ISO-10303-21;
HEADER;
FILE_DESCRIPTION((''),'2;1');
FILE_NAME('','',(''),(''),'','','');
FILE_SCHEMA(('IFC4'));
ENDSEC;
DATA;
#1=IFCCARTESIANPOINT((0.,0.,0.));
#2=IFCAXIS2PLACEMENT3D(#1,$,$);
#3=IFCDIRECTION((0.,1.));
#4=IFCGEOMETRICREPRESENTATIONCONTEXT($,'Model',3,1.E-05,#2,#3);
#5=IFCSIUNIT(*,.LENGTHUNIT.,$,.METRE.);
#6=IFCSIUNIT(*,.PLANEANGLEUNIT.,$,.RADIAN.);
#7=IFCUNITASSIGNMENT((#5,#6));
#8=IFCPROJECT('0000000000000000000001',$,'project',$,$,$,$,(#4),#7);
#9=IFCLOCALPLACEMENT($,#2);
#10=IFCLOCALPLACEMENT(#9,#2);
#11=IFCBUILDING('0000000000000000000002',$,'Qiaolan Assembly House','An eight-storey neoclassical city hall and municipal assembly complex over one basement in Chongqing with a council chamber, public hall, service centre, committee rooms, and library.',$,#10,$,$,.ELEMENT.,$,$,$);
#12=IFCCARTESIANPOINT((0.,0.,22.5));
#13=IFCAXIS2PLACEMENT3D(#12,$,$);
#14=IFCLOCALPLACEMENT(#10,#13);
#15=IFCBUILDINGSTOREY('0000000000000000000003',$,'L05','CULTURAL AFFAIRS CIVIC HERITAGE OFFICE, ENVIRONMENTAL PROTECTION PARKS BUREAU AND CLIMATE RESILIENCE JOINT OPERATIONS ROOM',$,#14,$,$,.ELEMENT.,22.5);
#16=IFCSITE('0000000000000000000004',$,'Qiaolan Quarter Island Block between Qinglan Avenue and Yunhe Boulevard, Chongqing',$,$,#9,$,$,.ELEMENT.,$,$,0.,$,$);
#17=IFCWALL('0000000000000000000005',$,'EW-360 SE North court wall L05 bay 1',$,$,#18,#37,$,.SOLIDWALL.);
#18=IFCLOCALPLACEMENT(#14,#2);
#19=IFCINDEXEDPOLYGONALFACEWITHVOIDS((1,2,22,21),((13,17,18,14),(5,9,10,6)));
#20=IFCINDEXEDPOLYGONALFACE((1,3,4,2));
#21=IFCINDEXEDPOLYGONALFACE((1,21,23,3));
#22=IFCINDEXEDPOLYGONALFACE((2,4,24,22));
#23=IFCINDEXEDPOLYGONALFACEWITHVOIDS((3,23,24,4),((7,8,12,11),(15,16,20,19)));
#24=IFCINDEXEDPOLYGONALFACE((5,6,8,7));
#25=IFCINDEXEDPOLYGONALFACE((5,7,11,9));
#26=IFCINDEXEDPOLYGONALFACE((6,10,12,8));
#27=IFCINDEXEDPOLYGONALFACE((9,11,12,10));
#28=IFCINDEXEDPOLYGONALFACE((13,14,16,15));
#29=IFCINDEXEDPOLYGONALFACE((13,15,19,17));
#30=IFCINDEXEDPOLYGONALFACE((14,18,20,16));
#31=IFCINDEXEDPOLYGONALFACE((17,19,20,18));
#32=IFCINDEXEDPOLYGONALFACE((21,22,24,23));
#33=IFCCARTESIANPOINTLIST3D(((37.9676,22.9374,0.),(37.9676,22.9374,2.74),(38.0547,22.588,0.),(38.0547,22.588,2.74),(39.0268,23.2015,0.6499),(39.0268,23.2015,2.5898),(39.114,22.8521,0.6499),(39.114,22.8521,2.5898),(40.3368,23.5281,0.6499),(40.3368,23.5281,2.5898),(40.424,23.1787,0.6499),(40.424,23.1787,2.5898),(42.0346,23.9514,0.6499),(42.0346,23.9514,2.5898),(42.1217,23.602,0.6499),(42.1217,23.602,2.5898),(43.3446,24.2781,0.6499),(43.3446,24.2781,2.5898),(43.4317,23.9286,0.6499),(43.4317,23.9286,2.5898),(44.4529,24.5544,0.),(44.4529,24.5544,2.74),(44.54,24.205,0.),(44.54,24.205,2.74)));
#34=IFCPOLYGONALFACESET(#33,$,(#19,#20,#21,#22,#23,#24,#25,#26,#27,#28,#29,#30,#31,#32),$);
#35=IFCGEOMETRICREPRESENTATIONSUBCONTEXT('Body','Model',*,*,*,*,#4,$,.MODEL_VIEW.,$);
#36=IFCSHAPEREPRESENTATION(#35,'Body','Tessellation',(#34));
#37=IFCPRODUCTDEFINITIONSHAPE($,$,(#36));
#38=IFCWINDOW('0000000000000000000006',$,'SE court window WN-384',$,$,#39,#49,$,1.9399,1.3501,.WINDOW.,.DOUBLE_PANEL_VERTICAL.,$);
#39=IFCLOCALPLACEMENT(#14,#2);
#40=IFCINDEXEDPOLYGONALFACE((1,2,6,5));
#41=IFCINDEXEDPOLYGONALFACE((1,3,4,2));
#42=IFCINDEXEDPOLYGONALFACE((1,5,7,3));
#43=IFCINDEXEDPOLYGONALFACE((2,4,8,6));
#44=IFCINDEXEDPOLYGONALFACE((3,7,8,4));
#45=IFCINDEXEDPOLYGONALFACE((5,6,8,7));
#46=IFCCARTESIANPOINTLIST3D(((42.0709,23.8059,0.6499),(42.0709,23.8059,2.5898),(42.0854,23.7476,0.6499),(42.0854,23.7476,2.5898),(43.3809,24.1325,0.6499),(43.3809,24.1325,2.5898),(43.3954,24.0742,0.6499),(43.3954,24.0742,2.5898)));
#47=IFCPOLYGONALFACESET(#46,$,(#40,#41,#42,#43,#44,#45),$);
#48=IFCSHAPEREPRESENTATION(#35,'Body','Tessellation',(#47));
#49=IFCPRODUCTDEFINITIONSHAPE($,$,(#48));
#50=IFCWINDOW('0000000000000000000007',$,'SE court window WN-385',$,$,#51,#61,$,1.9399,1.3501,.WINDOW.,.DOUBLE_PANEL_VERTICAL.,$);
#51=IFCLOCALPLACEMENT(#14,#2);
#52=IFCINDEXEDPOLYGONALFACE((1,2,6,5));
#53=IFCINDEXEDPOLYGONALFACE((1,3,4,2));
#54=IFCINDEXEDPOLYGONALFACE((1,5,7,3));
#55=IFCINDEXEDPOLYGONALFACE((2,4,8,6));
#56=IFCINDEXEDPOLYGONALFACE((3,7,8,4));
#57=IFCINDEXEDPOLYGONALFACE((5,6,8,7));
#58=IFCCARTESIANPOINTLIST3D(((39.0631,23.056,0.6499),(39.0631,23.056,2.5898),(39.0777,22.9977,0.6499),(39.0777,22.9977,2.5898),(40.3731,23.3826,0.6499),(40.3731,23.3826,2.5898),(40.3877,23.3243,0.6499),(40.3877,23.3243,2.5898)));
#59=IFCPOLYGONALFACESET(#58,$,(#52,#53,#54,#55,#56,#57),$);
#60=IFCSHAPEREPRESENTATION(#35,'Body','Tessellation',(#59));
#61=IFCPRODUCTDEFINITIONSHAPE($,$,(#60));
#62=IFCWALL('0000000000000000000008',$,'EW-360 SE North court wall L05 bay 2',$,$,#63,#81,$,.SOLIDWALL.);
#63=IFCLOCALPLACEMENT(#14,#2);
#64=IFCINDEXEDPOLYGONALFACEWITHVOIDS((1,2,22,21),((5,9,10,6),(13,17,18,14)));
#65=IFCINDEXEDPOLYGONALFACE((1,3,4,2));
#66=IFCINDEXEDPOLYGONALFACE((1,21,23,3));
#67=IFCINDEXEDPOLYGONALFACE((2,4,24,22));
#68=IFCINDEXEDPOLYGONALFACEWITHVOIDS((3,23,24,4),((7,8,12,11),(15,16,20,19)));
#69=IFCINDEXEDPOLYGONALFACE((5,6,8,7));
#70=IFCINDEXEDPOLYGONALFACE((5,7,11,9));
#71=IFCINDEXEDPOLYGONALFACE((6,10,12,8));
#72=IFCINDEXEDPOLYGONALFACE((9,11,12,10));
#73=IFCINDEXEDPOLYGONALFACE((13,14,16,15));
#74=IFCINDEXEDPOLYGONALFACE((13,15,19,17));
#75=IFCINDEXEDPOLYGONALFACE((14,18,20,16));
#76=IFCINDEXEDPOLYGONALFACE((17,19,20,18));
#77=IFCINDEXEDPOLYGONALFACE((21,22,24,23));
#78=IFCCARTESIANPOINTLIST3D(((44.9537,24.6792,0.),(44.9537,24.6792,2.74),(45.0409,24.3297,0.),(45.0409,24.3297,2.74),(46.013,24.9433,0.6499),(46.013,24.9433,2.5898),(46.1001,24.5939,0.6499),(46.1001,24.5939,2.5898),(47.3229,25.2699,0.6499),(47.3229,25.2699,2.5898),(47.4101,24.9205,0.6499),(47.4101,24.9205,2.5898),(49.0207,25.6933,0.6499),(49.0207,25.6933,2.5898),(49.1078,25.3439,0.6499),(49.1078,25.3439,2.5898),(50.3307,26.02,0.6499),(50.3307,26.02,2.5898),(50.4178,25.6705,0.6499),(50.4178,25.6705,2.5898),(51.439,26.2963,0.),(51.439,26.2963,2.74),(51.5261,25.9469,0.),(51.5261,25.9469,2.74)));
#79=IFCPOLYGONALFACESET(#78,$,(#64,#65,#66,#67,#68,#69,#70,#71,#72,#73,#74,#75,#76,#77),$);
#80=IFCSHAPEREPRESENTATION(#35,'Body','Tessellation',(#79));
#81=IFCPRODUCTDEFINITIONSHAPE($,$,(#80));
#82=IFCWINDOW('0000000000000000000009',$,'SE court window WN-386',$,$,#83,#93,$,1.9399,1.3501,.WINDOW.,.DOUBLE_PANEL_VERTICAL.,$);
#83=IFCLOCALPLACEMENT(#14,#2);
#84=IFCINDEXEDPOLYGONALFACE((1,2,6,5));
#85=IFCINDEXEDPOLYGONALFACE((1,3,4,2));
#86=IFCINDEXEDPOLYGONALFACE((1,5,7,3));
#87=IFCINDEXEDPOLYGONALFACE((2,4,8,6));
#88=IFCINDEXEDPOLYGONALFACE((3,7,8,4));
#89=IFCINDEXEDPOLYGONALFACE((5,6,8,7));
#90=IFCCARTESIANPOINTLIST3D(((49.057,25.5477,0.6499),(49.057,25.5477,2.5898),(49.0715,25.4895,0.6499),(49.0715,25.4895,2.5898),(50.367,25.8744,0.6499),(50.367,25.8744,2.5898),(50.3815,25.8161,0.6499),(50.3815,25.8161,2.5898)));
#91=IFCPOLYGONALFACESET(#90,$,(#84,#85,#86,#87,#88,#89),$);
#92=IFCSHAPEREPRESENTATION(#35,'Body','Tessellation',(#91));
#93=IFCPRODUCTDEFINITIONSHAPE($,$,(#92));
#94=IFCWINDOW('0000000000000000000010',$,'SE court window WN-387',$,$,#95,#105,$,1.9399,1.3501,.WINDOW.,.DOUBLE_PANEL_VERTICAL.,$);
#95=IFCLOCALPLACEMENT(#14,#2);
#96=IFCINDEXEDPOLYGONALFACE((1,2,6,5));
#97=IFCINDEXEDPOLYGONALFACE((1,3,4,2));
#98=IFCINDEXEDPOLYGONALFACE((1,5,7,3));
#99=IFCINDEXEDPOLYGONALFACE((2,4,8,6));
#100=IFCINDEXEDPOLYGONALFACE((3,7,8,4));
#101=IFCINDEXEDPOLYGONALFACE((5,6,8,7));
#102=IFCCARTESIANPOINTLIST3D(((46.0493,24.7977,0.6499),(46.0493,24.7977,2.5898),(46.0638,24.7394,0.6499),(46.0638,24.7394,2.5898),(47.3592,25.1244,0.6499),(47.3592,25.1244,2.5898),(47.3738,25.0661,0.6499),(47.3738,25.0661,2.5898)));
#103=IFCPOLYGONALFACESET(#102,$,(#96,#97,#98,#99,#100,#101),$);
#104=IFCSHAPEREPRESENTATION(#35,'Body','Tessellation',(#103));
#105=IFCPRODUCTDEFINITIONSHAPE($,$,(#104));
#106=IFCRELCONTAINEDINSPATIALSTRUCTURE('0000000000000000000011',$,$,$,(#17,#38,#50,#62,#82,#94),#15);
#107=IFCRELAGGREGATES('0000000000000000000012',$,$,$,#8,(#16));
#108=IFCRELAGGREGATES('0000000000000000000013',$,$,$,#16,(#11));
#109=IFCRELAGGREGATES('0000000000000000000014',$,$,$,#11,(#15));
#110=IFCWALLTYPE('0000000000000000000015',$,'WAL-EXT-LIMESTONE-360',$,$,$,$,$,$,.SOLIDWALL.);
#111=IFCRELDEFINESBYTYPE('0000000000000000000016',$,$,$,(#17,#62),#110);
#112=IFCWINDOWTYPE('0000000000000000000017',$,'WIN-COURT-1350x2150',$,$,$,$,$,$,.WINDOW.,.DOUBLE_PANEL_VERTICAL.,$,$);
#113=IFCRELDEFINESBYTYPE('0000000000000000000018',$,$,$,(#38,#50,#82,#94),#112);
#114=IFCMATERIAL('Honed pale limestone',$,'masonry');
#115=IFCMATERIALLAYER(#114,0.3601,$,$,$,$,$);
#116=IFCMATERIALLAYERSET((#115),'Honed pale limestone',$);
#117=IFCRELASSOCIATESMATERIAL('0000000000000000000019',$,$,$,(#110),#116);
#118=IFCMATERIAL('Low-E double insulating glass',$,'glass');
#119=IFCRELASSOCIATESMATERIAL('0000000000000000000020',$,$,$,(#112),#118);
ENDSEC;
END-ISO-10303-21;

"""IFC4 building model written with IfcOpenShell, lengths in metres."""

from ifc_helpers import new_model, si_unit, direction, frame, frame_2d, origin, place, context, subcontext, project, spatial, rectangle, extrude, material, layer, layer_set, type_object, element, fill, save


model = new_model("IFC4")

# Units and contexts
model_context = context("Model", 3, precision=1e-05, world=origin(), true_north=direction((0.0, 1.0)))
body_context = subcontext(model_context, "Body", "Model", "MODEL_VIEW")
ifc_project = project(units=[si_unit("LENGTHUNIT", "METRE"), si_unit("PLANEANGLEUNIT", "RADIAN")], contexts=[model_context])

# Site, building, storey
site_placement = place(None, origin())
site = spatial("IfcSite", under=ifc_project, at=site_placement, Name="Qiaolan Quarter Island Block between Qinglan Avenue and Yunhe Boulevard, Chongqing", CompositionType="ELEMENT", RefElevation=0.0)
building_placement = place(site_placement, origin())
building = spatial("IfcBuilding", under=site, at=building_placement, Name="Qiaolan Assembly House", Description="An eight-storey neoclassical city hall and municipal assembly complex over one basement in Chongqing with a council chamber, public hall, service centre, committee rooms, and library.", CompositionType="ELEMENT")
storey_placement = place(building_placement, frame((0.0, 0.0, 22.5)))
storey = spatial("IfcBuildingStorey", under=building, at=storey_placement, Name="L05", Description="CULTURAL AFFAIRS CIVIC HERITAGE OFFICE, ENVIRONMENTAL PROTECTION PARKS BUREAU AND CLIMATE RESILIENCE JOINT OPERATIONS ROOM", CompositionType="ELEMENT", Elevation=22.5)

# Walls, openings, windows
ifc_material_1 = material(Name="Honed pale limestone", Category="masonry")
ifc_layer = layer(ifc_material_1, 0.3601)
ifc_layer_set = layer_set([ifc_layer], Name="Honed pale limestone")
wall_type = type_object("IfcWallType", Name="WAL-EXT-LIMESTONE-360", PredefinedType="SOLIDWALL", material=ifc_layer_set)
wall_1_placement = place(storey_placement, frame((44.4963, 24.3796, 0.0), z_axis=(0.0, 0.0, 1.0), x_axis=(-0.970297, -0.241917, 0.0)))
wall_1 = element("IfcWall", 1, at=wall_1_placement, inside=storey, type_object=wall_type, Name="EW-360 SE North court wall L05 bay 1", PredefinedType="SOLIDWALL", context=body_context, shape_type="SweptSolid", body=[
    extrude(rectangle(XDim=6.6838, YDim=0.3601, at=frame_2d((3.3418, 0.0))), origin(), (0.0, 0.0, 1.0), 2.74),
])
opening_1_placement = place(wall_1_placement, frame((1.1421, 0.0, 0.6499)))
opening_1 = element("IfcOpeningElement", 2, at=opening_1_placement, cuts=wall_1, PredefinedType="OPENING", context=body_context, shape_type="SweptSolid", body=[
    extrude(rectangle(XDim=1.3501, YDim=1.9399, at=frame_2d((0.675, 0.97))), frame((0.0, 0.1899, 0.0), z_axis=(0.0, -1.0, 0.0), x_axis=(1.0, 0.0, 0.0)), (0.0, 0.0, 1.0), 0.3801),
])
opening_2_placement = place(wall_1_placement, frame((4.2419, 0.0, 0.6499)))
opening_2 = element("IfcOpeningElement", 3, at=opening_2_placement, cuts=wall_1, PredefinedType="OPENING", context=body_context, shape_type="SweptSolid", body=[
    extrude(rectangle(XDim=1.3501, YDim=1.9399, at=frame_2d((0.675, 0.97))), frame((0.0, 0.1899, 0.0), z_axis=(0.0, -1.0, 0.0), x_axis=(1.0, 0.0, 0.0)), (0.0, 0.0, 1.0), 0.3801),
])
ifc_material_2 = material(Name="Low-E double insulating glass", Category="glass")
window_type = type_object("IfcWindowType", Name="WIN-COURT-1350x2150", PartitioningType="DOUBLE_PANEL_VERTICAL", PredefinedType="WINDOW", material=ifc_material_2)
window_1_placement = place(opening_1_placement, origin())
window_1 = element("IfcWindow", 4, at=window_1_placement, inside=storey, type_object=window_type, Name="SE court window WN-384", OverallHeight=1.9399, OverallWidth=1.3501, PartitioningType="DOUBLE_PANEL_VERTICAL", PredefinedType="WINDOW", context=body_context, shape_type="SweptSolid", body=[
    extrude(rectangle(XDim=1.3501, YDim=1.9399, at=frame_2d((0.675, 0.97))), frame((0.0, 0.03, 0.0), z_axis=(0.0, -1.0, 0.0), x_axis=(1.0, 0.0, 0.0)), (0.0, 0.0, 1.0), 0.0601),
])
fill(opening_1, window_1)
window_2_placement = place(opening_2_placement, origin())
window_2 = element("IfcWindow", 5, at=window_2_placement, inside=storey, type_object=window_type, Name="SE court window WN-385", OverallHeight=1.9399, OverallWidth=1.3501, PartitioningType="DOUBLE_PANEL_VERTICAL", PredefinedType="WINDOW", context=body_context, shape_type="SweptSolid", body=[
    extrude(rectangle(XDim=1.3501, YDim=1.9399, at=frame_2d((0.675, 0.97))), frame((0.0, 0.03, 0.0), z_axis=(0.0, -1.0, 0.0), x_axis=(1.0, 0.0, 0.0)), (0.0, 0.0, 1.0), 0.0601),
])
fill(opening_2, window_2)
wall_2_placement = place(storey_placement, frame((51.4824, 26.1216, 0.0), z_axis=(0.0, 0.0, 1.0), x_axis=(-0.970288, -0.241951, 0.0)))
wall_2 = element("IfcWall", 6, at=wall_2_placement, inside=storey, type_object=wall_type, Name="EW-360 SE North court wall L05 bay 2", PredefinedType="SOLIDWALL", context=body_context, shape_type="SweptSolid", body=[
    extrude(rectangle(XDim=6.6838, YDim=0.3601, at=frame_2d((3.3418, 0.0))), origin(), (0.0, 0.0, 1.0), 2.74),
])
opening_3_placement = place(wall_2_placement, frame((1.1421, 0.0, 0.6499)))
opening_3 = element("IfcOpeningElement", 7, at=opening_3_placement, cuts=wall_2, PredefinedType="OPENING", context=body_context, shape_type="SweptSolid", body=[
    extrude(rectangle(XDim=1.3501, YDim=1.9399, at=frame_2d((0.675, 0.97))), frame((0.0, 0.1899, 0.0), z_axis=(0.0, -1.0, 0.0), x_axis=(1.0, 0.0, 0.0)), (0.0, 0.0, 1.0), 0.3801),
])
opening_4_placement = place(wall_2_placement, frame((4.2419, 0.0, 0.6499)))
opening_4 = element("IfcOpeningElement", 8, at=opening_4_placement, cuts=wall_2, PredefinedType="OPENING", context=body_context, shape_type="SweptSolid", body=[
    extrude(rectangle(XDim=1.3501, YDim=1.9399, at=frame_2d((0.675, 0.97))), frame((0.0, 0.1899, 0.0), z_axis=(0.0, -1.0, 0.0), x_axis=(1.0, 0.0, 0.0)), (0.0, 0.0, 1.0), 0.3801),
])
window_3_placement = place(opening_3_placement, origin())
window_3 = element("IfcWindow", 9, at=window_3_placement, inside=storey, type_object=window_type, Name="SE court window WN-386", OverallHeight=1.9399, OverallWidth=1.3501, PartitioningType="DOUBLE_PANEL_VERTICAL", PredefinedType="WINDOW", context=body_context, shape_type="SweptSolid", body=[
    extrude(rectangle(XDim=1.3501, YDim=1.9399, at=frame_2d((0.675, 0.97))), frame((0.0, 0.03, 0.0), z_axis=(0.0, -1.0, 0.0), x_axis=(1.0, 0.0, 0.0)), (0.0, 0.0, 1.0), 0.0601),
])
fill(opening_3, window_3)
window_4_placement = place(opening_4_placement, origin())
window_4 = element("IfcWindow", 10, at=window_4_placement, inside=storey, type_object=window_type, Name="SE court window WN-387", OverallHeight=1.9399, OverallWidth=1.3501, PartitioningType="DOUBLE_PANEL_VERTICAL", PredefinedType="WINDOW", context=body_context, shape_type="SweptSolid", body=[
    extrude(rectangle(XDim=1.3501, YDim=1.9399, at=frame_2d((0.675, 0.97))), frame((0.0, 0.03, 0.0), z_axis=(0.0, -1.0, 0.0), x_axis=(1.0, 0.0, 0.0)), (0.0, 0.0, 1.0), 0.0601),
])
fill(opening_4, window_4)

save(model, "model.ifc")
